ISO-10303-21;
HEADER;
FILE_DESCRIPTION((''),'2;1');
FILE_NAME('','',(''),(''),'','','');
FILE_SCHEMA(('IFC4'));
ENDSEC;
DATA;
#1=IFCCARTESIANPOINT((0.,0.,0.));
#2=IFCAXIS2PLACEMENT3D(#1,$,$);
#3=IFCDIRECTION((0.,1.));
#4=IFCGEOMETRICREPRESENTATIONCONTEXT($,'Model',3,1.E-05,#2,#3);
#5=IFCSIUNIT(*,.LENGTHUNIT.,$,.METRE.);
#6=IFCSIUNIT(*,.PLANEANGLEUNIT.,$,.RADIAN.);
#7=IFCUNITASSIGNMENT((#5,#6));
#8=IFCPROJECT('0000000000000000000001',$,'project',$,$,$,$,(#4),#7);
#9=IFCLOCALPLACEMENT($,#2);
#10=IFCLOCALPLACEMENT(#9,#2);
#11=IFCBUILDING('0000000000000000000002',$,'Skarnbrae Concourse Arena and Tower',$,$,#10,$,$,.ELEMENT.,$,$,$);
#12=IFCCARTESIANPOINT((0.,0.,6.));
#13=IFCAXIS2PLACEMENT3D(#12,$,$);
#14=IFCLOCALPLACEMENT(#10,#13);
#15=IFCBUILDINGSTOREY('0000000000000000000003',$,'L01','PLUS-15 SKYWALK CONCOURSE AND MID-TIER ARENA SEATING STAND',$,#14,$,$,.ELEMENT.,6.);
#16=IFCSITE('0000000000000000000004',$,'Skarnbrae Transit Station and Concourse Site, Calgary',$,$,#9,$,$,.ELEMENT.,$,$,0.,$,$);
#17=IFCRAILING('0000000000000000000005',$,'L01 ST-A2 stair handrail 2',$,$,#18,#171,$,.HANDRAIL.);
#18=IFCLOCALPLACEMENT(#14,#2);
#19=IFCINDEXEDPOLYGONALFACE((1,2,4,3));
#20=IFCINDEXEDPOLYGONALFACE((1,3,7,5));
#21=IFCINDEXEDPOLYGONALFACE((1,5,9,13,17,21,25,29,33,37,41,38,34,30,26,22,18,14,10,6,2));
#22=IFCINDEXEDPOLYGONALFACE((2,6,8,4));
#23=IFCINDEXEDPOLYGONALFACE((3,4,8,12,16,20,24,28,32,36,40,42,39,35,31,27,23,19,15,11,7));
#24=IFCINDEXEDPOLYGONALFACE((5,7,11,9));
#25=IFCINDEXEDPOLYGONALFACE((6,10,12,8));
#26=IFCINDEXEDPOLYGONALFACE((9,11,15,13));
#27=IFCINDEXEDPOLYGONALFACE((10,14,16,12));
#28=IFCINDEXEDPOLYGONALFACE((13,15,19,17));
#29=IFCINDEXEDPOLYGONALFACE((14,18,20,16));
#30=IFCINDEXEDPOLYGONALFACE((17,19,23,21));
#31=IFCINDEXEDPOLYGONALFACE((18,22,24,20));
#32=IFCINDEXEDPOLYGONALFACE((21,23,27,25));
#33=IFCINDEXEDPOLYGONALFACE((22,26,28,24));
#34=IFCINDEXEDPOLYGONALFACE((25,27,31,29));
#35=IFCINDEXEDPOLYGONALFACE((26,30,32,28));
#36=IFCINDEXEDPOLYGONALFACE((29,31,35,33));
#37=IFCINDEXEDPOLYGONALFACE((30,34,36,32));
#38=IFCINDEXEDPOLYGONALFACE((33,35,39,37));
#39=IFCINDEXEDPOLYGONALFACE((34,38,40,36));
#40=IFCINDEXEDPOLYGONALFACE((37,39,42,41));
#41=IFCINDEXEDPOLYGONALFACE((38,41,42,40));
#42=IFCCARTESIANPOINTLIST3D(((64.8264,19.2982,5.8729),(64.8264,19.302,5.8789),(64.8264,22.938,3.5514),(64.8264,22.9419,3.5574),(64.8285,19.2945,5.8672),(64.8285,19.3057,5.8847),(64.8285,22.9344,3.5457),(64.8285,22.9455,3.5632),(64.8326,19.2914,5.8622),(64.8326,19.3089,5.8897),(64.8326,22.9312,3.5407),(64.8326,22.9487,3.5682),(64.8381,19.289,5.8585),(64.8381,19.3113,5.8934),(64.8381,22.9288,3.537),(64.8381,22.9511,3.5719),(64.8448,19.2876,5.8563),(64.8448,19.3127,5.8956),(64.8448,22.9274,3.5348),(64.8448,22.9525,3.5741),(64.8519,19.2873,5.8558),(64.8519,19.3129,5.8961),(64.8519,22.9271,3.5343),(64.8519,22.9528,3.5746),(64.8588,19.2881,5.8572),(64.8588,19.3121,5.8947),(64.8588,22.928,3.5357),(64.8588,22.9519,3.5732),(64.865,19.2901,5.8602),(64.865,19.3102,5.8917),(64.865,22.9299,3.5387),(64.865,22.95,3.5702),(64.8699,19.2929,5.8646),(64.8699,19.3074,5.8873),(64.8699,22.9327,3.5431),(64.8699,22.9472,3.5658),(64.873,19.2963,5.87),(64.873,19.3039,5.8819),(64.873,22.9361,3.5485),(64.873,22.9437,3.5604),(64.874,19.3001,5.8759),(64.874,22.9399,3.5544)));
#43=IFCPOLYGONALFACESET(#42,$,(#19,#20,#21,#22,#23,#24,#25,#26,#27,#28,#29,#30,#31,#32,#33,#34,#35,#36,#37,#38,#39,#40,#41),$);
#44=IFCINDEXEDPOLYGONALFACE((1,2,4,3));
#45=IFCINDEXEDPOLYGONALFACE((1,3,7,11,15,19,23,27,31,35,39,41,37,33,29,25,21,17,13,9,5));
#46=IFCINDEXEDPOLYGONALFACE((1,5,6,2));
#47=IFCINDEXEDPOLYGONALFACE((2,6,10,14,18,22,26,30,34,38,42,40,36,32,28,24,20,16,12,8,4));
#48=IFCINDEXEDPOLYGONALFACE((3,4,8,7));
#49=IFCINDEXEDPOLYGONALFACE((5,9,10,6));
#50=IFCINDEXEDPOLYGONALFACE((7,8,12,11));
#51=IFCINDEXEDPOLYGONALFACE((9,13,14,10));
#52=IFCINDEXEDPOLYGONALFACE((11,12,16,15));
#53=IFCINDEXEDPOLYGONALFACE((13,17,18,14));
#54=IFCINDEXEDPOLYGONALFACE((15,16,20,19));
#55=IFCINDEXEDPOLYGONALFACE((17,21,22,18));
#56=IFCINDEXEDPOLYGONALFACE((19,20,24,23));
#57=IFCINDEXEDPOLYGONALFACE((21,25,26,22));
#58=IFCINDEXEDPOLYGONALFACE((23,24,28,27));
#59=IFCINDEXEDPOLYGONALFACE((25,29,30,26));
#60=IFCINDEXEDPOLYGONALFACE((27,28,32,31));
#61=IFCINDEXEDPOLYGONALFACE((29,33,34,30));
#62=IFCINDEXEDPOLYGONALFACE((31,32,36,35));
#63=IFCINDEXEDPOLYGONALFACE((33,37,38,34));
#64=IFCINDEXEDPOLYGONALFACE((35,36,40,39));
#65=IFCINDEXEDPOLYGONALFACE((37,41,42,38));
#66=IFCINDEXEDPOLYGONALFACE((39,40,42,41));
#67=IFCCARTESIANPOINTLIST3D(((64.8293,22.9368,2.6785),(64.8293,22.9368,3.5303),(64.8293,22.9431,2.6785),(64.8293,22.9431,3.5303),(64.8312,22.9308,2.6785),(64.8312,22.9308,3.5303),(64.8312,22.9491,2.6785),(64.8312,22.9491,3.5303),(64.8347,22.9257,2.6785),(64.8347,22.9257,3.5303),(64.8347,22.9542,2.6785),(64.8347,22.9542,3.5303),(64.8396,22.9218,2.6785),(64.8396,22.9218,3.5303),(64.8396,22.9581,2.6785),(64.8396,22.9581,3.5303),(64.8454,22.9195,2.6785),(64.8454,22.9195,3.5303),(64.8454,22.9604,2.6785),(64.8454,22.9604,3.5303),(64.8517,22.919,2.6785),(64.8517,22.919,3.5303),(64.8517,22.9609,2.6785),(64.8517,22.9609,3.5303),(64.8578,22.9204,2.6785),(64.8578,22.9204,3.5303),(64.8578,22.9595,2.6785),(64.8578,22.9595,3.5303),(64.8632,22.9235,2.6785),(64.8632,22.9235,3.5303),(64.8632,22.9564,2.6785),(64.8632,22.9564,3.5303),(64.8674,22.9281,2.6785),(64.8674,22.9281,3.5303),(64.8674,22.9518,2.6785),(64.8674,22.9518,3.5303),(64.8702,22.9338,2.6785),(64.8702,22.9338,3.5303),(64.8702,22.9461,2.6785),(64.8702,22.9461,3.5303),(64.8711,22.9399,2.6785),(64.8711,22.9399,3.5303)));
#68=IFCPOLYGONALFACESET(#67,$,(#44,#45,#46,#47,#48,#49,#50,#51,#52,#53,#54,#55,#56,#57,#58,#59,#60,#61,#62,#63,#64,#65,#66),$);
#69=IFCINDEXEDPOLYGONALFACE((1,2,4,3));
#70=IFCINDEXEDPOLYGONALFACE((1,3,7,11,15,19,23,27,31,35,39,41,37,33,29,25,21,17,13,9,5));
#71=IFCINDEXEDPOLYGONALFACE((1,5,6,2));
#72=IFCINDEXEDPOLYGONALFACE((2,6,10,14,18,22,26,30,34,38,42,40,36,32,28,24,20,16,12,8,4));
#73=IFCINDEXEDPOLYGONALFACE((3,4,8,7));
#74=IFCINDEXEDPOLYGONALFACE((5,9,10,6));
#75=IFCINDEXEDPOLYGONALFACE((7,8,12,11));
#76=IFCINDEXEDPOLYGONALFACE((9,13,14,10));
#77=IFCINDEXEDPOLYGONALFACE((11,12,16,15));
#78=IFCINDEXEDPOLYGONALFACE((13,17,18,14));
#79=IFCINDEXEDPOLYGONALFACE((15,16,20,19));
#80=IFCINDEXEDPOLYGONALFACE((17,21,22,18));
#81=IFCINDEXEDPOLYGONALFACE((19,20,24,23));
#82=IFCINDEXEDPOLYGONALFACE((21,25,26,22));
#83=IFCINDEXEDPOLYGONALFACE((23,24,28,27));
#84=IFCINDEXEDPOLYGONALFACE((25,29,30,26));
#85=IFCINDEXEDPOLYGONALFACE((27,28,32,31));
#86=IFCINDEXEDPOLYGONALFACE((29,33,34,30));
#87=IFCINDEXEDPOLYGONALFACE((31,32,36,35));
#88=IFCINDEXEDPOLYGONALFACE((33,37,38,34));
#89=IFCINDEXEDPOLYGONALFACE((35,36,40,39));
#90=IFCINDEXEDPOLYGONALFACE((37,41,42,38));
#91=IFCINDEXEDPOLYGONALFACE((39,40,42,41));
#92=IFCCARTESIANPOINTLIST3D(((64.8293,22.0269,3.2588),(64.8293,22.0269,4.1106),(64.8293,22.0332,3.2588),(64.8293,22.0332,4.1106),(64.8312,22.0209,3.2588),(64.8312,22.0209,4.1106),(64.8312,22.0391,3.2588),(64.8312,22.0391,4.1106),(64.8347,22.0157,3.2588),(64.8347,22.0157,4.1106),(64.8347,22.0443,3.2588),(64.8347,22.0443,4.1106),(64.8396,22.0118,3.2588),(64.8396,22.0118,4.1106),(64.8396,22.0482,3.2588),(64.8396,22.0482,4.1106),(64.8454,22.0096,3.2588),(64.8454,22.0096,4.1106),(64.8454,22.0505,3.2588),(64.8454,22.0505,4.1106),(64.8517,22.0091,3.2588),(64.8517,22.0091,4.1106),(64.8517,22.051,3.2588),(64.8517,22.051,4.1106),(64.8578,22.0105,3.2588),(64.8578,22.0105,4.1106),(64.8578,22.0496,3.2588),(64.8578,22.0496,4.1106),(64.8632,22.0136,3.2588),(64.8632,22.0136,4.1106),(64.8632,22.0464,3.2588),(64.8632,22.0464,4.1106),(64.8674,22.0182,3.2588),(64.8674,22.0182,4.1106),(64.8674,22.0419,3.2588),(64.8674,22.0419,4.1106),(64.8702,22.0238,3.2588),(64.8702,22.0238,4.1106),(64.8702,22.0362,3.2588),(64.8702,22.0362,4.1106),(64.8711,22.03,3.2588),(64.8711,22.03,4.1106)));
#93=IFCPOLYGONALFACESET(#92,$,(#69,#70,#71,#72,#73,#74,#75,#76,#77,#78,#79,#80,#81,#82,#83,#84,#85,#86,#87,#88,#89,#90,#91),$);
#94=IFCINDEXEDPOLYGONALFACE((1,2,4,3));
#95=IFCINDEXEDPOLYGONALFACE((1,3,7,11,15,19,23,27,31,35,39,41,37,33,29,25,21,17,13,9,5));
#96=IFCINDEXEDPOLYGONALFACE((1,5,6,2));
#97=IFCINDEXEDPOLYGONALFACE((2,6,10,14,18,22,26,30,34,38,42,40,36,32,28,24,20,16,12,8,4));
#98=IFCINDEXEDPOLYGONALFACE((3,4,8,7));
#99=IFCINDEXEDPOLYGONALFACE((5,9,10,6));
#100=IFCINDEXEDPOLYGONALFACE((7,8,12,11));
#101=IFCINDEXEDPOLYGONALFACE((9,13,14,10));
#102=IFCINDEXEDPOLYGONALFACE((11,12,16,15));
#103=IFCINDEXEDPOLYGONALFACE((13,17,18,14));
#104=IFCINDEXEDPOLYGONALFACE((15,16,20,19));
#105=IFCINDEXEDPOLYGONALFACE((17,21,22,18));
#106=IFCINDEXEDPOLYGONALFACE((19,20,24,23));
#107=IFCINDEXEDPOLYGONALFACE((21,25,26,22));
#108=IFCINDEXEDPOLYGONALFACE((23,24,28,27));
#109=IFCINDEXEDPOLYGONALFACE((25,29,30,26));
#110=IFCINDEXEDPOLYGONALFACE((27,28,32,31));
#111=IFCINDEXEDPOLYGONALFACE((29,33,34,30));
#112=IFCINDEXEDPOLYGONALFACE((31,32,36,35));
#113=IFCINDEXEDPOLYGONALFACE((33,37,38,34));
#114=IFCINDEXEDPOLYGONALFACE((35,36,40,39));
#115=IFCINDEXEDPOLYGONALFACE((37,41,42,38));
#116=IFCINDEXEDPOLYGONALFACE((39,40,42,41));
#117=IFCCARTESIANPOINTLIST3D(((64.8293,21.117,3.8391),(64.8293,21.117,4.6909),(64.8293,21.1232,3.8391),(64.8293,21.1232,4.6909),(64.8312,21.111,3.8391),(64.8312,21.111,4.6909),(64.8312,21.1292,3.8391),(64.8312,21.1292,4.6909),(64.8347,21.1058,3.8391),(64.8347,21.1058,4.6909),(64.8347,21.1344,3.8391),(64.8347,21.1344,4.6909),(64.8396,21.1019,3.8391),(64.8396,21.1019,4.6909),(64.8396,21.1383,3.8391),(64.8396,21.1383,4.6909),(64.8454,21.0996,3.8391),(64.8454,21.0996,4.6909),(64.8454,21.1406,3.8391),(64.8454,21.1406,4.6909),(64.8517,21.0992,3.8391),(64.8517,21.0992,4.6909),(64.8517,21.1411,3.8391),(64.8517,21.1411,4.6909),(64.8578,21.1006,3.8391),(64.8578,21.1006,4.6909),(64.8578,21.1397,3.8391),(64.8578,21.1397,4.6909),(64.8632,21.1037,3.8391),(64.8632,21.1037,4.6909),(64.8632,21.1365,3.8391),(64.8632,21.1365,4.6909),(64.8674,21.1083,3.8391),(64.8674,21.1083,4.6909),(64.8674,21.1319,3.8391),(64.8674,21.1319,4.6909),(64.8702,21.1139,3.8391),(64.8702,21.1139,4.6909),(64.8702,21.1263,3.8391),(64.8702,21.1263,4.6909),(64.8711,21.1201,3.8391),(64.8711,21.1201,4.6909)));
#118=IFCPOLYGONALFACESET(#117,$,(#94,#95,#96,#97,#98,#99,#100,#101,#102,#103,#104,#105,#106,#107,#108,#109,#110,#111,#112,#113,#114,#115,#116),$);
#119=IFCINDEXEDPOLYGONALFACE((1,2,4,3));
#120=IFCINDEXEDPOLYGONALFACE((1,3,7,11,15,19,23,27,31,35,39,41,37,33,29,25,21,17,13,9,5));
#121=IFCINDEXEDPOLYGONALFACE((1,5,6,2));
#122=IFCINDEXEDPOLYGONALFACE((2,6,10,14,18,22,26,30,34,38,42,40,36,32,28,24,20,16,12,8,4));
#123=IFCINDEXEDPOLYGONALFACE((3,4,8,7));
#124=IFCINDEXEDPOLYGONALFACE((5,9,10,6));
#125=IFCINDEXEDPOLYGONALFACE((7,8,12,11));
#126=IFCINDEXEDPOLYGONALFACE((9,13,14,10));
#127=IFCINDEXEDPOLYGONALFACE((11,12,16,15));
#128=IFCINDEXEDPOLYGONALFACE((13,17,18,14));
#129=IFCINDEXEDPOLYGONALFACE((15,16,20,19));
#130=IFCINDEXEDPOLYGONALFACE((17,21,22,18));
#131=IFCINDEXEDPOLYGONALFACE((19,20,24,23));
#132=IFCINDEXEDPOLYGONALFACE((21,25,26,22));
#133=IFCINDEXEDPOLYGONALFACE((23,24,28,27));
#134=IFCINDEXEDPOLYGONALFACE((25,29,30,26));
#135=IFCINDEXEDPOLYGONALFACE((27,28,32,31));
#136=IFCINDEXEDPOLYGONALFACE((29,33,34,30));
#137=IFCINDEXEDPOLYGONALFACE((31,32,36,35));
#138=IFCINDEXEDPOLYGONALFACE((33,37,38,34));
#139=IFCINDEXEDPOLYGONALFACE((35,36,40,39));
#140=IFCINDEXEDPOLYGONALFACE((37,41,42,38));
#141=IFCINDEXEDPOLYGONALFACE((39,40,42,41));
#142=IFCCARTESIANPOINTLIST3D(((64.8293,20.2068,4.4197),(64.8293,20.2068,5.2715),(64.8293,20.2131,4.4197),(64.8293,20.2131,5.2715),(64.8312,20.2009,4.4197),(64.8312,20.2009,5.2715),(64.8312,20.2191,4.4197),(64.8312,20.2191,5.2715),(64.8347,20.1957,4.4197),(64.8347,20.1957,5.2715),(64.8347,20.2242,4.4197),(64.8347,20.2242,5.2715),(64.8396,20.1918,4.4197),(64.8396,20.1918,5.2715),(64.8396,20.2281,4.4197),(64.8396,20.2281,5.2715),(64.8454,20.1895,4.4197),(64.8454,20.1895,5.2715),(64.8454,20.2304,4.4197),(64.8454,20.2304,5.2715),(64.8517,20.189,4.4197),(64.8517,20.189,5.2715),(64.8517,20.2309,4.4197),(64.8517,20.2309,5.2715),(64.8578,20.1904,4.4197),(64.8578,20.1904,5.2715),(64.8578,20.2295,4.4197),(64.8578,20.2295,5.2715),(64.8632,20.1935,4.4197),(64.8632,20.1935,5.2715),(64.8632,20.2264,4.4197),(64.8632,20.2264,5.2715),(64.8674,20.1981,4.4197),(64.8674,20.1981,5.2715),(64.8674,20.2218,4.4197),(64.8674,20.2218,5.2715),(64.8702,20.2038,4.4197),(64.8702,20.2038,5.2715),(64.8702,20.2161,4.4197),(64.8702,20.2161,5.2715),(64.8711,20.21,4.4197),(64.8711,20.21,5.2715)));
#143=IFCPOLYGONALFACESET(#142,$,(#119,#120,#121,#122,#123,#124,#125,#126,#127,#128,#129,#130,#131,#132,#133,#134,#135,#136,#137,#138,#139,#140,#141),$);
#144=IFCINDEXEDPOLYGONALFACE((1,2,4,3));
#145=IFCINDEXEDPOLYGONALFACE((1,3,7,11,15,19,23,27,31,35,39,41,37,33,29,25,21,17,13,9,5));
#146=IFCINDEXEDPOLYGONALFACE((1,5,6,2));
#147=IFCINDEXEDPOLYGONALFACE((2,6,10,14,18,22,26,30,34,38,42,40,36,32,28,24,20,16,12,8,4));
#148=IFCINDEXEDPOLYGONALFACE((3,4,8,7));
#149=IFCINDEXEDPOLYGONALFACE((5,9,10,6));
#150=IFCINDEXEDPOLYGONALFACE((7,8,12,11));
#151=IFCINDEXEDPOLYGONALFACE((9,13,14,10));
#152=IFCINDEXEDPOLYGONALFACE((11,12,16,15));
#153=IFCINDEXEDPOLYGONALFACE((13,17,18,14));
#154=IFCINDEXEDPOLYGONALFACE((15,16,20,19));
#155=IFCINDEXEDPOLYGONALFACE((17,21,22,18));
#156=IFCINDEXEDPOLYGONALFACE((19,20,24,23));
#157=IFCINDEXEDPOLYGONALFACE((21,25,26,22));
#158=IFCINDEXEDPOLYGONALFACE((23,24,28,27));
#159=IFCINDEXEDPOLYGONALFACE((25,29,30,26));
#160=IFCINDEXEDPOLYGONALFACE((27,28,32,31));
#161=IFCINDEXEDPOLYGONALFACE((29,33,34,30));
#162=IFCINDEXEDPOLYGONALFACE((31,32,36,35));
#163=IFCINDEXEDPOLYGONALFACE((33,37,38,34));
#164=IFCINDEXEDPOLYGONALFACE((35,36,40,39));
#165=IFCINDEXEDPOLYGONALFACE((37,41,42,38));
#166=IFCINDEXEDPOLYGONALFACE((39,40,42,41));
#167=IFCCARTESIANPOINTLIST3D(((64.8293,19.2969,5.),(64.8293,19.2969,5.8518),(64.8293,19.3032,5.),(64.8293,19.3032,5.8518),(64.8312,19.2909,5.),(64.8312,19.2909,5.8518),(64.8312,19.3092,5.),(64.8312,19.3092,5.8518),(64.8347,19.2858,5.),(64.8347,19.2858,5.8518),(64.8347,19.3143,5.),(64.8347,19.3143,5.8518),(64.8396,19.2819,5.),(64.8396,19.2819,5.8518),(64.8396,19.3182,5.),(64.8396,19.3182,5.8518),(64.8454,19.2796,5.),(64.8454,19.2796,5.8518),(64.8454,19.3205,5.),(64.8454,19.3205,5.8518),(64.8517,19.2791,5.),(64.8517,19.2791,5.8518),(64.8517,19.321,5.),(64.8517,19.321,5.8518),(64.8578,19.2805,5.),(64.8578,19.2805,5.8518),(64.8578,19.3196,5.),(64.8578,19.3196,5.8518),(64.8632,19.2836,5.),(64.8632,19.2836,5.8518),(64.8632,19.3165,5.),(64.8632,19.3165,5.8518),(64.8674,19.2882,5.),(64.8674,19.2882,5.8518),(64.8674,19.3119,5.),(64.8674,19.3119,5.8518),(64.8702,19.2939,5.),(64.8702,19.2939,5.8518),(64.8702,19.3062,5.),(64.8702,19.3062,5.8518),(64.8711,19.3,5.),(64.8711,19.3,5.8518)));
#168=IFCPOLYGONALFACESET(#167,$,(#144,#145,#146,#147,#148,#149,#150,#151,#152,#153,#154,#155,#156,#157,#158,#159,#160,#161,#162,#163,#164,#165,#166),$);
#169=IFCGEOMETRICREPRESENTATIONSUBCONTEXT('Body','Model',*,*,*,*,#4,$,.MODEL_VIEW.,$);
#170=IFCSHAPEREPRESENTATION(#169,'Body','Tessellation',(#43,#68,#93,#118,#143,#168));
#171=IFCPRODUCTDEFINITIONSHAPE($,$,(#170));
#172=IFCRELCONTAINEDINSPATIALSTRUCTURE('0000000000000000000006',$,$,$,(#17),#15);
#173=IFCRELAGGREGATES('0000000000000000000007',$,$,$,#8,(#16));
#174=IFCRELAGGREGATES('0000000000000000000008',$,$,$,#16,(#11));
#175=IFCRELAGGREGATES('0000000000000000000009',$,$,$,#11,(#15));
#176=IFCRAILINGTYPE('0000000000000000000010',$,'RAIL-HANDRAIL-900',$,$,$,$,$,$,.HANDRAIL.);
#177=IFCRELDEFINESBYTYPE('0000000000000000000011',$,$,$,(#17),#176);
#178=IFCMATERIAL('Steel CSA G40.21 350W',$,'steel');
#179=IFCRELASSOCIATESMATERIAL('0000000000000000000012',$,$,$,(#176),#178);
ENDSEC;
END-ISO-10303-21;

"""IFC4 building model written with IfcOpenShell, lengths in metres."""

from ifc_helpers import new_model, si_unit, direction, frame, origin, origin_2d, place, context, subcontext, project, spatial, circle, extrude, material, type_object, element, save


model = new_model("IFC4")

# Units and contexts
model_context = context("Model", 3, precision=1e-05, world=origin(), true_north=direction((0.0, 1.0)))
body_context = subcontext(model_context, "Body", "Model", "MODEL_VIEW")
ifc_project = project(units=[si_unit("LENGTHUNIT", "METRE"), si_unit("PLANEANGLEUNIT", "RADIAN")], contexts=[model_context])

# Site, building, storey
site_placement = place(None, origin())
site = spatial("IfcSite", under=ifc_project, at=site_placement, Name="Skarnbrae Transit Station and Concourse Site, Calgary", CompositionType="ELEMENT", RefElevation=0.0)
building_placement = place(site_placement, origin())
building = spatial("IfcBuilding", under=site, at=building_placement, Name="Skarnbrae Concourse Arena and Tower", CompositionType="ELEMENT")
storey_placement = place(building_placement, frame((0.0, 0.0, 6.0)))
storey = spatial("IfcBuildingStorey", under=building, at=storey_placement, Name="L01", Description="PLUS-15 SKYWALK CONCOURSE AND MID-TIER ARENA SEATING STAND", CompositionType="ELEMENT", Elevation=6.0)

# Shared definitions
ifc_material_1 = material(Name="Steel CSA G40.21 350W", Category="steel")

# Railing
railing_type_1 = type_object("IfcRailingType", Name="RAIL-HANDRAIL-900", PredefinedType="HANDRAIL", material=ifc_material_1)
for number, where, name in (
    (1, (64.8501, 22.9399, 2.6785), "L01 ST-A2 stair handrail 2"),
):
    element("IfcRailing", number, at=place(storey_placement, frame(where)), inside=storey, type_object=railing_type_1, Name=name, PredefinedType="HANDRAIL", context=body_context, shape_type="SweptSolid", body=[
        extrude(circle(Radius=0.0239, at=origin_2d()), frame((0.0, 0.0, 0.876), z_axis=(0.0, -0.843112, 0.537739), x_axis=(1.0, 0.0, 0.0)), (0.0, 0.0, 1.0), 4.3171),
        extrude(circle(Radius=0.021, at=origin_2d()), origin(), (0.0, 0.0, 1.0), 0.8518),
        extrude(circle(Radius=0.021, at=origin_2d()), frame((0.0, -0.9099, 0.5803)), (0.0, 0.0, 1.0), 0.8518),
        extrude(circle(Radius=0.021, at=origin_2d()), frame((0.0, -1.8198, 1.1606)), (0.0, 0.0, 1.0), 0.8518),
        extrude(circle(Radius=0.021, at=origin_2d()), frame((0.0, -2.73, 1.7412)), (0.0, 0.0, 1.0), 0.8518),
        extrude(circle(Radius=0.021, at=origin_2d()), frame((0.0, -3.6399, 2.3215)), (0.0, 0.0, 1.0), 0.8518),
    ])

save(model, "model.ifc")
